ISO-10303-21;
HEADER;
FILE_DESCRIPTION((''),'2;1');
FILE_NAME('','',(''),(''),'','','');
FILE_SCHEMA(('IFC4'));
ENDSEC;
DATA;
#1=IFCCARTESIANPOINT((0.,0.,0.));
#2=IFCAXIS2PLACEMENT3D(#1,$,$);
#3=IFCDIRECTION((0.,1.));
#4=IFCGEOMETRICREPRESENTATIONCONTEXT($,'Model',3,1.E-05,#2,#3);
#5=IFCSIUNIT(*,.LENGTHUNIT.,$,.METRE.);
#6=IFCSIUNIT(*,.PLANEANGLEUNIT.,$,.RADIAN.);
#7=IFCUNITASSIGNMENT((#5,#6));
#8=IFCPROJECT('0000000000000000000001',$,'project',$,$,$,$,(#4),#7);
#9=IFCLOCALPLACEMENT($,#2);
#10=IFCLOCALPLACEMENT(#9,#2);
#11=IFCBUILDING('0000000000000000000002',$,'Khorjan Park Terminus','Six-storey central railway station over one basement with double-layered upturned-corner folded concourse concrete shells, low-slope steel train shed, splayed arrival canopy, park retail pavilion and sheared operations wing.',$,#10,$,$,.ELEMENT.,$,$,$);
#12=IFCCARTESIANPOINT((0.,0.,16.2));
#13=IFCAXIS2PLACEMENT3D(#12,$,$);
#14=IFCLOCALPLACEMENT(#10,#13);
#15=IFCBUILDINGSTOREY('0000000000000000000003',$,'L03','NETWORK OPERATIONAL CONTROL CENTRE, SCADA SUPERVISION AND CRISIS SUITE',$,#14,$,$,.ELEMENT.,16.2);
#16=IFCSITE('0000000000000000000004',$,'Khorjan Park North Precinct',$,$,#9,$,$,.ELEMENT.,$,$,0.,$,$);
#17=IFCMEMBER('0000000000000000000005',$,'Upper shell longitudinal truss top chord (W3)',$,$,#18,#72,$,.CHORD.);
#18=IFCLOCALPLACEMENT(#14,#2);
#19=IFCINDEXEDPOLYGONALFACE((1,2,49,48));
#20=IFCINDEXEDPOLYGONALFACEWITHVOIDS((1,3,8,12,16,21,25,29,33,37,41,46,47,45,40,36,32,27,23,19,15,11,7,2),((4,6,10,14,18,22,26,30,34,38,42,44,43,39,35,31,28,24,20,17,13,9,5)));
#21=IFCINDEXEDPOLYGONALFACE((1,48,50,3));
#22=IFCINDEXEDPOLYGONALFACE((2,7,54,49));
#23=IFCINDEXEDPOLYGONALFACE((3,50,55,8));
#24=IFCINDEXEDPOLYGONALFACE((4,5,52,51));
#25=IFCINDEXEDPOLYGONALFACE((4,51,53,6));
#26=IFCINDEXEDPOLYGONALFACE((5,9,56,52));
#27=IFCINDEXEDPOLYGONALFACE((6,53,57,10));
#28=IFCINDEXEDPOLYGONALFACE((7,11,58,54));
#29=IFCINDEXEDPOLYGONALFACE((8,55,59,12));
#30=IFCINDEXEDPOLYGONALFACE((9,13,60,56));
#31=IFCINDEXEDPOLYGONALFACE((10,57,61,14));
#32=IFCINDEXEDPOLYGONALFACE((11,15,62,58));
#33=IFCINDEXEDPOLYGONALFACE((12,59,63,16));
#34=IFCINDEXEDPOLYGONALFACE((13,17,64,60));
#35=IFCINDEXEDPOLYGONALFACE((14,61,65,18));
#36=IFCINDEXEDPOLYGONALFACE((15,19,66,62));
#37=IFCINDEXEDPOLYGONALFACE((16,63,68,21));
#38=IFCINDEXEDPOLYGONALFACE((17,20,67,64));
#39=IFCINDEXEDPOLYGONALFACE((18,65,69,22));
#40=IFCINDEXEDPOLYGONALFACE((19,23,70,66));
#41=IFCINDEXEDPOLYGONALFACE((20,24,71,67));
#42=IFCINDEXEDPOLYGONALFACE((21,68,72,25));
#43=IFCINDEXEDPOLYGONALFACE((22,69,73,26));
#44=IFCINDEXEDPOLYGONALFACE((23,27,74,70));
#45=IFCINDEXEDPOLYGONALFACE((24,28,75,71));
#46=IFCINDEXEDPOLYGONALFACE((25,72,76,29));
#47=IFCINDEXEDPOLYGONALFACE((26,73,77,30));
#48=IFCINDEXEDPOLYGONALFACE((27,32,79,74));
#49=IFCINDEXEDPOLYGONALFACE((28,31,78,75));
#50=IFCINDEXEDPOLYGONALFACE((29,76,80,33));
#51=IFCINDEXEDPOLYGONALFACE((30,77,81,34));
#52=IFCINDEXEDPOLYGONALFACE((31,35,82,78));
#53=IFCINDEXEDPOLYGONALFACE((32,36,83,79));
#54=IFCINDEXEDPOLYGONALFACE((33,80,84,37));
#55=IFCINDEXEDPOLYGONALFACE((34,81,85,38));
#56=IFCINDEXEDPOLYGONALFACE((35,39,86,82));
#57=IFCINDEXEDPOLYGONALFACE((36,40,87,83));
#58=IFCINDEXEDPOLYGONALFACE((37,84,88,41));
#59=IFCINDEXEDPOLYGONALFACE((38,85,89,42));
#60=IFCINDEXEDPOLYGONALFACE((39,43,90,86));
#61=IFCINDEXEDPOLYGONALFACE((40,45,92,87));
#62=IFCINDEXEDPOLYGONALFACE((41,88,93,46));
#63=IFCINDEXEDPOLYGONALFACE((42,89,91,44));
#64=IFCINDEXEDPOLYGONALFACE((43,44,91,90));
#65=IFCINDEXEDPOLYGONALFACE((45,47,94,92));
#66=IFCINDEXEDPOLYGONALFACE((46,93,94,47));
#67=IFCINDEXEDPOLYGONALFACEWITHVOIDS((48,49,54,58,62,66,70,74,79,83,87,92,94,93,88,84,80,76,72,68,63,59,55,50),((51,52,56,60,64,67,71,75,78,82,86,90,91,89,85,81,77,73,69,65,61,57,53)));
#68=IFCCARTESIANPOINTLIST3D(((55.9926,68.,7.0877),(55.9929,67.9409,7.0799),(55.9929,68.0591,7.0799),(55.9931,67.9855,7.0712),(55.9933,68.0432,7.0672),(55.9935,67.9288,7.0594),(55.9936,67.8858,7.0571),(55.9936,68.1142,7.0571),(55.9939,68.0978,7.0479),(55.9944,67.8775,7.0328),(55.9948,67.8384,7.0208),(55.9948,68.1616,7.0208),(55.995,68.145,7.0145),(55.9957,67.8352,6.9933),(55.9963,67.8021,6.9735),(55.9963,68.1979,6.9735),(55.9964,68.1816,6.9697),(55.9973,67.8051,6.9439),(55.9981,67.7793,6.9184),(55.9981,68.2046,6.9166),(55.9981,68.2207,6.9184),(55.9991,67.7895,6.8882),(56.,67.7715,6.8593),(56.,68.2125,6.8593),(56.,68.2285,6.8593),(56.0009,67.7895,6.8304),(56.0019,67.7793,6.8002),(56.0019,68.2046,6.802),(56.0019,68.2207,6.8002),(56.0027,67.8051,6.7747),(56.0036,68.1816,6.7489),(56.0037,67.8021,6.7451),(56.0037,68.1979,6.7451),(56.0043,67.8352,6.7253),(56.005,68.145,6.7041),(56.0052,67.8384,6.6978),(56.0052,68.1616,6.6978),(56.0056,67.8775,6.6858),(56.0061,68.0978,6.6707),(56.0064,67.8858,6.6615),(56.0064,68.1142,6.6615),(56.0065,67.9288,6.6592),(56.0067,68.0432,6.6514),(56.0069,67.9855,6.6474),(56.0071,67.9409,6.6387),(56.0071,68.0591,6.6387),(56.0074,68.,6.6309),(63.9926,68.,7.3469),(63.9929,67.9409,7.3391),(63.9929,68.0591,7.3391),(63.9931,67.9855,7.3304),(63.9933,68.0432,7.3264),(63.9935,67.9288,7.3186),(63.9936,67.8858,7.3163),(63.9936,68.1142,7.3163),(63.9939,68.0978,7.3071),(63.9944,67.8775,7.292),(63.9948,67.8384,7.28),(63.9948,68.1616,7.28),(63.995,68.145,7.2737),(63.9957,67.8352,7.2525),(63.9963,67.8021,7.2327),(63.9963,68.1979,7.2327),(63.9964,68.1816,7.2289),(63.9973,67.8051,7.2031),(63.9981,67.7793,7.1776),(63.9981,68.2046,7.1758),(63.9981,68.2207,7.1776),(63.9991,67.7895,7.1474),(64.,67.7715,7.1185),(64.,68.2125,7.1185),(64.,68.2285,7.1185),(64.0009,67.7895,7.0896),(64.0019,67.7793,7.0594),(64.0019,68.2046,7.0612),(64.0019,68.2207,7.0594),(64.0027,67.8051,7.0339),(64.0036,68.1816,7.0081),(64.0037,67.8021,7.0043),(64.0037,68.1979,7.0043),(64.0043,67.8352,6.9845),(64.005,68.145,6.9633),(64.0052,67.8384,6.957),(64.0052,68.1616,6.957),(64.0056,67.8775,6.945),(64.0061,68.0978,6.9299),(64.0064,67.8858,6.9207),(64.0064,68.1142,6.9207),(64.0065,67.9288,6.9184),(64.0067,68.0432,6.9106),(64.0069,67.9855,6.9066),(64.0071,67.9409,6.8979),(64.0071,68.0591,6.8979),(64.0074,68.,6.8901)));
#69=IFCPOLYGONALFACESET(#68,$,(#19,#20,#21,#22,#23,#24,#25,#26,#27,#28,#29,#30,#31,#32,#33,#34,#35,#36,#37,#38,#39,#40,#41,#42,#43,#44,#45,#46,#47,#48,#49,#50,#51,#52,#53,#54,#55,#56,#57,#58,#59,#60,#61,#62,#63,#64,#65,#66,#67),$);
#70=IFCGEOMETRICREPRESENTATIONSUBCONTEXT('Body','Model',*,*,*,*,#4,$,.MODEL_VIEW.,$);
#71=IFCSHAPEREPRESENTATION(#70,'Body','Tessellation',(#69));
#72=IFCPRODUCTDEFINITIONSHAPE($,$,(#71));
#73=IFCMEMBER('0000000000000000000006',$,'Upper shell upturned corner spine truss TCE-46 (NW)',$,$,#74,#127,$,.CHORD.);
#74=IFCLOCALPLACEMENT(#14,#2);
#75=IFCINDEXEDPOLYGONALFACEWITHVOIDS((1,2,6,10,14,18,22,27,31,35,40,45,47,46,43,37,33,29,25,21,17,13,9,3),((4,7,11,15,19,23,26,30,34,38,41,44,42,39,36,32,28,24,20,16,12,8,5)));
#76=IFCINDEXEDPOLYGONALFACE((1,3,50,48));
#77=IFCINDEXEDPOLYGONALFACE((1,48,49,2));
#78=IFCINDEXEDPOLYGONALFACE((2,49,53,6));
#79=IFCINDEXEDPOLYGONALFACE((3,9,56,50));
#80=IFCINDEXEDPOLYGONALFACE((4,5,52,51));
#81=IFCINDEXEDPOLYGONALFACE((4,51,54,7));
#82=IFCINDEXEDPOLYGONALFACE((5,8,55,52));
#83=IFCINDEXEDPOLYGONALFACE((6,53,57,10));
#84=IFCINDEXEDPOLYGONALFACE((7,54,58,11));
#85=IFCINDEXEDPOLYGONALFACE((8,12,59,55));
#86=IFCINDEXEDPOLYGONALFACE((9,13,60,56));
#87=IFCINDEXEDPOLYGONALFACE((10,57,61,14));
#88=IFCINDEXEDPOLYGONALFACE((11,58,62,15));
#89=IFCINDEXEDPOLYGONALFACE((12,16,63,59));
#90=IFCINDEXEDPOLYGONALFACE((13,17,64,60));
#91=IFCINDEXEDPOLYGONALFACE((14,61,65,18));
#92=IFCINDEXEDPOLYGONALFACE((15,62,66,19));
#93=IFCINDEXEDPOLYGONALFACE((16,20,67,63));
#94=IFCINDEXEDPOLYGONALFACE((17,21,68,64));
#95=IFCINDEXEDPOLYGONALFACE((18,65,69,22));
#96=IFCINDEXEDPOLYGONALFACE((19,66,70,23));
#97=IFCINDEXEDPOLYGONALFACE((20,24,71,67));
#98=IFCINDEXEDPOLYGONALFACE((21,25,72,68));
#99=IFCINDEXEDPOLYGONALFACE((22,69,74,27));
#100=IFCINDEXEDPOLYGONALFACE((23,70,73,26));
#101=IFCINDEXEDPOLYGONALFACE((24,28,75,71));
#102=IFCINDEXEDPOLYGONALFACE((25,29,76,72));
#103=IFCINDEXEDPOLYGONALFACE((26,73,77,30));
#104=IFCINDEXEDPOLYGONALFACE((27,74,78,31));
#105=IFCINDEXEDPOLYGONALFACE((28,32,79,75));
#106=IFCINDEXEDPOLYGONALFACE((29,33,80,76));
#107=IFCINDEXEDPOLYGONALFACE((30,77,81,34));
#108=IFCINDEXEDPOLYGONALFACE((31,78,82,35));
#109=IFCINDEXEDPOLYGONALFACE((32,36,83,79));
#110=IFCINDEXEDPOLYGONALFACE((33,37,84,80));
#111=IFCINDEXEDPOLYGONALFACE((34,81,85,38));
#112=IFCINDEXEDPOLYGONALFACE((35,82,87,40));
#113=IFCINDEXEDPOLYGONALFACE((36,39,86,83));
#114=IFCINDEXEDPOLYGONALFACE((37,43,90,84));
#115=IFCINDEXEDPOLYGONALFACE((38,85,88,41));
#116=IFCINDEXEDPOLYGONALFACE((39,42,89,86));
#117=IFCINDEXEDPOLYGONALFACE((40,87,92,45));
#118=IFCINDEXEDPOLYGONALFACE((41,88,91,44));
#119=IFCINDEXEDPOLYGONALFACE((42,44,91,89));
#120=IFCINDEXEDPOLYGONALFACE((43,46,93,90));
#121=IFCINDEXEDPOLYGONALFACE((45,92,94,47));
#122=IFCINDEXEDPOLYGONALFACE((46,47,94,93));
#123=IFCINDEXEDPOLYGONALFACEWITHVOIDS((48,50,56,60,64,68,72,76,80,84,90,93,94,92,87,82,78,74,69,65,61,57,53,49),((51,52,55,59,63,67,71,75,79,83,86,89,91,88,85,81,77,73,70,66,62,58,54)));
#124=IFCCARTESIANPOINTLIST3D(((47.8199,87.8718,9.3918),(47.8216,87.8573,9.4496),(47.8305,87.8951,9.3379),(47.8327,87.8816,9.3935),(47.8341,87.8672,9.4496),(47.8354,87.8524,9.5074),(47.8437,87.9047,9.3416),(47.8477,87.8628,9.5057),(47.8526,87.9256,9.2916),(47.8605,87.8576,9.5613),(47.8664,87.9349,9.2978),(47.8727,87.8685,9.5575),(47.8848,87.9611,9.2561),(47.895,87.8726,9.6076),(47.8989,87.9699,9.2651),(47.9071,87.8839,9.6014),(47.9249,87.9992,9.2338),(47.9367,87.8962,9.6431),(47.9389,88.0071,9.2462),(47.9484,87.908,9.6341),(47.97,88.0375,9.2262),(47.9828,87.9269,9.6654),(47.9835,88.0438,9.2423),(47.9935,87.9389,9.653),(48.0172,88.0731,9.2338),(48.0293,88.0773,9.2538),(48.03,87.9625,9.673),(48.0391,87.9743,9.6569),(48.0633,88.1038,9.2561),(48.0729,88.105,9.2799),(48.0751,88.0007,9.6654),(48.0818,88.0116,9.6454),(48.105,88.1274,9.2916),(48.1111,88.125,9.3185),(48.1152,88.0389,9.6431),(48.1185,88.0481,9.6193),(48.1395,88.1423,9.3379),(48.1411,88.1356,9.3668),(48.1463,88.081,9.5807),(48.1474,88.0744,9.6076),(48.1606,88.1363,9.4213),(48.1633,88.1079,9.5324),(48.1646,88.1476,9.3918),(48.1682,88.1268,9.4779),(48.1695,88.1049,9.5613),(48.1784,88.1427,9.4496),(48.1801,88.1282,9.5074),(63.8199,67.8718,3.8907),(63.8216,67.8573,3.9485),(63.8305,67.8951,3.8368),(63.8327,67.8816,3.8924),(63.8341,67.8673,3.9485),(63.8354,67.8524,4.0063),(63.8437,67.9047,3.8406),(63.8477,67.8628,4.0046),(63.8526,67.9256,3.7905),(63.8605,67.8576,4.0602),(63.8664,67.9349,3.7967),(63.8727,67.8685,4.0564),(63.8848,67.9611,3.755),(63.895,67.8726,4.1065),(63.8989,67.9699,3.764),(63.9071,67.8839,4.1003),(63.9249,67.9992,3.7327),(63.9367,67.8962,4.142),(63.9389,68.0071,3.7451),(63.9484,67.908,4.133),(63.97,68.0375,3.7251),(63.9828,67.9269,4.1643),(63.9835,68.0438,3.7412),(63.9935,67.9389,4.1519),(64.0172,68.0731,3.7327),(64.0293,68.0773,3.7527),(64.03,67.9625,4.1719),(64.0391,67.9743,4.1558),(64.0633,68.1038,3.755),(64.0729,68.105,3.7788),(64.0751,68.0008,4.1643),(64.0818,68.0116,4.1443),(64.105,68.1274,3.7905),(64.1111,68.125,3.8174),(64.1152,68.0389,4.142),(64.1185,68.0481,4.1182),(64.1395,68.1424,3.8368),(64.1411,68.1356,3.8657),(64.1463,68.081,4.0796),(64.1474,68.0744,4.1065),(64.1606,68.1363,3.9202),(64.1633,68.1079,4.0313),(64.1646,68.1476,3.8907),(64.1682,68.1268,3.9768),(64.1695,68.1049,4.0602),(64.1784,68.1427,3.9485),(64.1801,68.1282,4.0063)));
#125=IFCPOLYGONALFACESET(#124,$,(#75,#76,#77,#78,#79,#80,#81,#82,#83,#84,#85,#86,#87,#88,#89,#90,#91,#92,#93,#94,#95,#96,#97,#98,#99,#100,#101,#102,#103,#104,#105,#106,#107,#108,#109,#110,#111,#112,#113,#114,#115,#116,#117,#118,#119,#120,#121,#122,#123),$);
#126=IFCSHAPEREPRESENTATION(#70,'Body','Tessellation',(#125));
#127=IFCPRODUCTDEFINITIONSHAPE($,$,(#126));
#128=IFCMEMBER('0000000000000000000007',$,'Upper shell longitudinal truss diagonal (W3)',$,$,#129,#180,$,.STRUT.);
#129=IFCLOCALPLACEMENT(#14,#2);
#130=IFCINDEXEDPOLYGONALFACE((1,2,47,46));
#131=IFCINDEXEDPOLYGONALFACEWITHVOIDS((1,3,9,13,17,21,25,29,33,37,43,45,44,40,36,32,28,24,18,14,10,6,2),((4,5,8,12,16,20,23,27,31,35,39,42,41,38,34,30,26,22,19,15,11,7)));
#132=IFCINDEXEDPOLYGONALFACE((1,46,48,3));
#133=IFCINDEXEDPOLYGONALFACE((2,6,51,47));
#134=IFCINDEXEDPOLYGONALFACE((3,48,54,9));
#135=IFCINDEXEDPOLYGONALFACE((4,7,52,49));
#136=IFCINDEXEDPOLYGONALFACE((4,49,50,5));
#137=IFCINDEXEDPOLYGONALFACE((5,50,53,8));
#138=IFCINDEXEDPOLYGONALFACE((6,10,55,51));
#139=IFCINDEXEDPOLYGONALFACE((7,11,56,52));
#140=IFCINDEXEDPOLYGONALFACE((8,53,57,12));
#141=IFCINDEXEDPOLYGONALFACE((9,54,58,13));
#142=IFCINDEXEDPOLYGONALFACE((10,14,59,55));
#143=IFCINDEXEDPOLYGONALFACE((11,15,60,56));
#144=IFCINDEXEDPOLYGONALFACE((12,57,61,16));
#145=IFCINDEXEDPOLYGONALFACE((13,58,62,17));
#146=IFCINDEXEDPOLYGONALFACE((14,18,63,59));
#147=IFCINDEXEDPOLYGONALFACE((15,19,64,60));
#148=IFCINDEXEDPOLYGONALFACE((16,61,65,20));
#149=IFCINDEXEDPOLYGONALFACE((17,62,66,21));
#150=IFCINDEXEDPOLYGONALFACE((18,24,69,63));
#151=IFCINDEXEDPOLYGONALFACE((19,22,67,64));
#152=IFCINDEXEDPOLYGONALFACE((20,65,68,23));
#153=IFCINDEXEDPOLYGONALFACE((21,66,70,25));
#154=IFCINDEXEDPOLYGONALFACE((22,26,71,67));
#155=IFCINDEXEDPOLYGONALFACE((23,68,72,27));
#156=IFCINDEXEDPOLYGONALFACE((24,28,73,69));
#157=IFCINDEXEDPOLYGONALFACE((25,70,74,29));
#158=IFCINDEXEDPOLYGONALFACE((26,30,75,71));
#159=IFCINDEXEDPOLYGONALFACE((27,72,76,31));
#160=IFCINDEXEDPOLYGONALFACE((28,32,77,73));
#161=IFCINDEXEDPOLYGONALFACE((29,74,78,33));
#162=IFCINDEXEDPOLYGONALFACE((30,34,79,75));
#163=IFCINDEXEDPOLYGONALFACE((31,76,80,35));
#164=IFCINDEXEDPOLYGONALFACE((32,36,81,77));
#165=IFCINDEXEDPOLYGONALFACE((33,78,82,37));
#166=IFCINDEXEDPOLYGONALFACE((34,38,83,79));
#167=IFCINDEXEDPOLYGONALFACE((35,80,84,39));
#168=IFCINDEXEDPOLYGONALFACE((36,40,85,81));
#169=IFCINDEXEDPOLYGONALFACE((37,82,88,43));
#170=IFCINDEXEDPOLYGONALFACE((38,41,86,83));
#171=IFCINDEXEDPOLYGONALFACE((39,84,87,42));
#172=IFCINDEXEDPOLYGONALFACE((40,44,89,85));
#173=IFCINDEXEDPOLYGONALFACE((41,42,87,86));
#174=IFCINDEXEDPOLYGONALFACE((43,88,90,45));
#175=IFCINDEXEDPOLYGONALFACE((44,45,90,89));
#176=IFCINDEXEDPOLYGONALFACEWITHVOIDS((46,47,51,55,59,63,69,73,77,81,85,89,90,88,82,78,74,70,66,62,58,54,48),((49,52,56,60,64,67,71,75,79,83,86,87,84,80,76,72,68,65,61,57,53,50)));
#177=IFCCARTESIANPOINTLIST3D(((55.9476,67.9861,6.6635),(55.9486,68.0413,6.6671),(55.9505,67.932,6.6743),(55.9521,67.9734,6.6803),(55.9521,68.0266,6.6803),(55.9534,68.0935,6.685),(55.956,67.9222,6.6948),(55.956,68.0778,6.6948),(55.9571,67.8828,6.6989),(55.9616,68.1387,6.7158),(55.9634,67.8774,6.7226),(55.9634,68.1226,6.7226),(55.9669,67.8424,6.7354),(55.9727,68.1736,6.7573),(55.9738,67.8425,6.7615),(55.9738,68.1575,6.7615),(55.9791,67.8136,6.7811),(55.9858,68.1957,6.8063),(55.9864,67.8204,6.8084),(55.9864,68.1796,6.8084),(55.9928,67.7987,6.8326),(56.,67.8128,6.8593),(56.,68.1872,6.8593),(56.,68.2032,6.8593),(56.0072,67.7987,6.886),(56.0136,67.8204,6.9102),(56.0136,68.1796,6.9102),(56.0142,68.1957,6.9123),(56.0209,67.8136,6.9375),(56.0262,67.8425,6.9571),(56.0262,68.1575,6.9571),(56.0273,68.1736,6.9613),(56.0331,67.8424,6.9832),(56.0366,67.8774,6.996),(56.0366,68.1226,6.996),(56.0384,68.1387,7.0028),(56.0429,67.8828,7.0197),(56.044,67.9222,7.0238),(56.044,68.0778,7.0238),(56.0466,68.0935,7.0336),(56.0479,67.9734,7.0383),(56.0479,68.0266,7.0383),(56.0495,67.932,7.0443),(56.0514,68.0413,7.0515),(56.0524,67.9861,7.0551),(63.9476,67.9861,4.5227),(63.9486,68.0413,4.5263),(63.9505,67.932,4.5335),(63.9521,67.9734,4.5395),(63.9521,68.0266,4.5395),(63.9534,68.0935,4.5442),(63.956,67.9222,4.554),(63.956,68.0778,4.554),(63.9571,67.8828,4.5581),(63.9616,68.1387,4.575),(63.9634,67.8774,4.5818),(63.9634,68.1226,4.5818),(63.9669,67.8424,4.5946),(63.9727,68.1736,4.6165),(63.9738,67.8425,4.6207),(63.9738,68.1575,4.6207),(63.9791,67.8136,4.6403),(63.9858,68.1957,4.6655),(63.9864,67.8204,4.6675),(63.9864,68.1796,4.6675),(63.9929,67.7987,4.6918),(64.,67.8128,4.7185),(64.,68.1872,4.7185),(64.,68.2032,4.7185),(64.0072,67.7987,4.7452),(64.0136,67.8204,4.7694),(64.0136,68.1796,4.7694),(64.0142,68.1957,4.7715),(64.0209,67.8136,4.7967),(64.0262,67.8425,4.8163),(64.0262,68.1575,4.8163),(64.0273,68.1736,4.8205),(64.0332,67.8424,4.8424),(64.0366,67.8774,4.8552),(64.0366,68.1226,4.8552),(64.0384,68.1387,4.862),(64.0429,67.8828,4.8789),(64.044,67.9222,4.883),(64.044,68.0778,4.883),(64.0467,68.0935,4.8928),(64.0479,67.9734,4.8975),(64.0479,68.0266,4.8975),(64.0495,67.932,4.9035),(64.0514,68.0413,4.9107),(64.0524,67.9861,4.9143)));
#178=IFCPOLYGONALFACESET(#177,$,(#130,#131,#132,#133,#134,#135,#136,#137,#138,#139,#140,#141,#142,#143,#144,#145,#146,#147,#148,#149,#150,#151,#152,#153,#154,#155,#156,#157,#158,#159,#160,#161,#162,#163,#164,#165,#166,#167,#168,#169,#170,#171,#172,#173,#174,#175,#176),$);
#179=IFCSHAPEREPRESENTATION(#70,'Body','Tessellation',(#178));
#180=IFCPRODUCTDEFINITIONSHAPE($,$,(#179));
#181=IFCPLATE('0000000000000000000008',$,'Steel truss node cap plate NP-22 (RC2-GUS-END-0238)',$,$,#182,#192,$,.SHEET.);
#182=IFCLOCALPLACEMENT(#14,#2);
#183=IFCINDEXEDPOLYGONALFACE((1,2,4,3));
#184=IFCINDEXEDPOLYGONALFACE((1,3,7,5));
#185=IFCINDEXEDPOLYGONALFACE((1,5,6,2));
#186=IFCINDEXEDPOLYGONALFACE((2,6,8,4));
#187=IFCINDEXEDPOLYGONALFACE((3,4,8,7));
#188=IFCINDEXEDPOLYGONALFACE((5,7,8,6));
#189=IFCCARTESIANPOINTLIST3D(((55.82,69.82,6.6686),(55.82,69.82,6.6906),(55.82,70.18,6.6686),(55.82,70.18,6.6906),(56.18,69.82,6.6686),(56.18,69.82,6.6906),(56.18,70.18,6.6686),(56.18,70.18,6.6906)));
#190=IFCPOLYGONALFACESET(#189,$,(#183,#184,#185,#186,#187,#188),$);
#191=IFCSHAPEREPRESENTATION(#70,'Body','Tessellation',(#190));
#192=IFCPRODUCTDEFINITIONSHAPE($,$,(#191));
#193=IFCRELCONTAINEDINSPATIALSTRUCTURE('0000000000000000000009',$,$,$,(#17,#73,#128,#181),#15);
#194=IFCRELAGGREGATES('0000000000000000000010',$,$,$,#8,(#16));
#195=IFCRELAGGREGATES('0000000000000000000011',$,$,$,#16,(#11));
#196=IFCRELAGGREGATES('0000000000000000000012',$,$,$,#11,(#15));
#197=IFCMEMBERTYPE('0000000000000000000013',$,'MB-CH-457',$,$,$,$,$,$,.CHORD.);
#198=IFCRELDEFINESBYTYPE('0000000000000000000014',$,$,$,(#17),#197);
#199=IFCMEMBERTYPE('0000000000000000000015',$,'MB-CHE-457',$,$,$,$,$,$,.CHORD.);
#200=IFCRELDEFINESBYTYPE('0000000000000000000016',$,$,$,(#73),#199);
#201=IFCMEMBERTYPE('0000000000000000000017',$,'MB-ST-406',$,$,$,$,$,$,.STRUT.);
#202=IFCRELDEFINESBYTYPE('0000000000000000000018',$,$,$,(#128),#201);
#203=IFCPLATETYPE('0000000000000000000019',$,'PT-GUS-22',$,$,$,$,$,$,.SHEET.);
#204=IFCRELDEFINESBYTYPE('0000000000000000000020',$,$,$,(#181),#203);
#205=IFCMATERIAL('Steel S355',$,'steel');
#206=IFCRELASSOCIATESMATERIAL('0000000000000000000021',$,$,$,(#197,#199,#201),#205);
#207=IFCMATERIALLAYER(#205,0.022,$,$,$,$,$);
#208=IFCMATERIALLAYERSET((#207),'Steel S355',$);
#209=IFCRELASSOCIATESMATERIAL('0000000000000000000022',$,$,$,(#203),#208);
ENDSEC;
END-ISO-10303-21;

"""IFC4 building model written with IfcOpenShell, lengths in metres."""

from ifc_helpers import new_model, si_unit, direction, frame, origin, origin_2d, place, context, subcontext, project, spatial, rectangle, hollow_circle, extrude, material, layer, layer_set, material_profile, profile_set, type_object, element, save


model = new_model("IFC4")

# Units and contexts
model_context = context("Model", 3, precision=1e-05, world=origin(), true_north=direction((0.0, 1.0)))
body_context = subcontext(model_context, "Body", "Model", "MODEL_VIEW")
ifc_project = project(units=[si_unit("LENGTHUNIT", "METRE"), si_unit("PLANEANGLEUNIT", "RADIAN")], contexts=[model_context])

# Site, building, storey
site_placement = place(None, origin())
site = spatial("IfcSite", under=ifc_project, at=site_placement, Name="Khorjan Park North Precinct", CompositionType="ELEMENT", RefElevation=0.0)
building_placement = place(site_placement, origin())
building = spatial("IfcBuilding", under=site, at=building_placement, Name="Khorjan Park Terminus", Description="Six-storey central railway station over one basement with double-layered upturned-corner folded concourse concrete shells, low-slope steel train shed, splayed arrival canopy, park retail pavilion and sheared operations wing.", CompositionType="ELEMENT")
storey_placement = place(building_placement, frame((0.0, 0.0, 16.2)))
storey = spatial("IfcBuildingStorey", under=building, at=storey_placement, Name="L03", Description="NETWORK OPERATIONAL CONTROL CENTRE, SCADA SUPERVISION AND CRISIS SUITE", CompositionType="ELEMENT", Elevation=16.2)

# Members
ifc_material = material(Name="Steel S355", Category="steel")
ifc_material_profile_1 = material_profile(ifc_material, hollow_circle(Radius=0.2285, WallThickness=0.016, at=origin_2d()), Name="CHS 457x16")
ifc_profile_set_1 = profile_set([ifc_material_profile_1], Name="Steel S355")
member_type_1 = type_object("IfcMemberType", Name="MB-CH-457", PredefinedType="CHORD", material=ifc_profile_set_1)
member_1_placement = place(storey_placement, frame((56.0, 68.0, 6.8593), z_axis=(0.999476, 0.0, 0.032383), x_axis=(0.0, 1.0, 0.0)))
element("IfcMember", 1, at=member_1_placement, inside=storey, type_object=member_type_1, Name="Upper shell longitudinal truss top chord (W3)", PredefinedType="CHORD", context=body_context, shape_type="SweptSolid", body=[
    extrude(hollow_circle(Radius=0.2285, WallThickness=0.016, at=origin_2d()), origin(), (0.0, 0.0, 1.0), 8.0042),
])
ifc_material_profile_2 = material_profile(ifc_material, hollow_circle(Radius=0.2285, WallThickness=0.016, at=origin_2d()), Name="CHS 457x16")
ifc_profile_set_2 = profile_set([ifc_material_profile_2], Name="Steel S355")
member_type_2 = type_object("IfcMemberType", Name="MB-CHE-457", PredefinedType="CHORD", material=ifc_profile_set_2)
member_2_placement = place(storey_placement, frame((64.0, 68.0, 3.9485), z_axis=(-0.610766, 0.763458, 0.209993), x_axis=(-0.780869, -0.624695, 0.0)))
element("IfcMember", 2, at=member_2_placement, inside=storey, type_object=member_type_2, Name="Upper shell upturned corner spine truss TCE-46 (NW)", PredefinedType="CHORD", context=body_context, shape_type="SweptSolid", body=[
    extrude(hollow_circle(Radius=0.2285, WallThickness=0.016, at=origin_2d()), origin(), (0.0, 0.0, 1.0), 26.1966),
])
ifc_material_profile_3 = material_profile(ifc_material, hollow_circle(Radius=0.2032, WallThickness=0.016, at=origin_2d()), Name="CHS 406.4x16")
ifc_profile_set_3 = profile_set([ifc_material_profile_3], Name="Steel S355")
member_type_3 = type_object("IfcMemberType", Name="MB-ST-406", PredefinedType="STRUT", material=ifc_profile_set_3)
member_3_placement = place(storey_placement, frame((56.0, 68.0, 6.8593), z_axis=(0.96601, 0.0, -0.258504), x_axis=(0.0, 1.0, 0.0)))
element("IfcMember", 3, at=member_3_placement, inside=storey, type_object=member_type_3, Name="Upper shell longitudinal truss diagonal (W3)", PredefinedType="STRUT", context=body_context, shape_type="SweptSolid", body=[
    extrude(hollow_circle(Radius=0.2032, WallThickness=0.016, at=origin_2d()), origin(), (0.0, 0.0, 1.0), 8.2815),
])

# Plate
ifc_layer_1 = layer(ifc_material, 0.022)
ifc_layer_set_1 = layer_set([ifc_layer_1], Name="Steel S355")
plate_type_1 = type_object("IfcPlateType", Name="PT-GUS-22", PredefinedType="SHEET", material=ifc_layer_set_1)
for number, where, z_axis, x_axis, name in (
    (4, (56.0, 70.0, 6.6686), (0.0, 0.0, 1.0), (1.0, 0.0, 0.0), "Steel truss node cap plate NP-22 (RC2-GUS-END-0238)"),
):
    element("IfcPlate", number, at=place(storey_placement, frame(where, z_axis=z_axis, x_axis=x_axis)), inside=storey, type_object=plate_type_1, Name=name, PredefinedType="SHEET", context=body_context, shape_type="SweptSolid", body=[
        extrude(rectangle(XDim=0.36, YDim=0.36, at=origin_2d()), origin(), (0.0, 0.0, 1.0), 0.022),
    ])

save(model, "model.ifc")
